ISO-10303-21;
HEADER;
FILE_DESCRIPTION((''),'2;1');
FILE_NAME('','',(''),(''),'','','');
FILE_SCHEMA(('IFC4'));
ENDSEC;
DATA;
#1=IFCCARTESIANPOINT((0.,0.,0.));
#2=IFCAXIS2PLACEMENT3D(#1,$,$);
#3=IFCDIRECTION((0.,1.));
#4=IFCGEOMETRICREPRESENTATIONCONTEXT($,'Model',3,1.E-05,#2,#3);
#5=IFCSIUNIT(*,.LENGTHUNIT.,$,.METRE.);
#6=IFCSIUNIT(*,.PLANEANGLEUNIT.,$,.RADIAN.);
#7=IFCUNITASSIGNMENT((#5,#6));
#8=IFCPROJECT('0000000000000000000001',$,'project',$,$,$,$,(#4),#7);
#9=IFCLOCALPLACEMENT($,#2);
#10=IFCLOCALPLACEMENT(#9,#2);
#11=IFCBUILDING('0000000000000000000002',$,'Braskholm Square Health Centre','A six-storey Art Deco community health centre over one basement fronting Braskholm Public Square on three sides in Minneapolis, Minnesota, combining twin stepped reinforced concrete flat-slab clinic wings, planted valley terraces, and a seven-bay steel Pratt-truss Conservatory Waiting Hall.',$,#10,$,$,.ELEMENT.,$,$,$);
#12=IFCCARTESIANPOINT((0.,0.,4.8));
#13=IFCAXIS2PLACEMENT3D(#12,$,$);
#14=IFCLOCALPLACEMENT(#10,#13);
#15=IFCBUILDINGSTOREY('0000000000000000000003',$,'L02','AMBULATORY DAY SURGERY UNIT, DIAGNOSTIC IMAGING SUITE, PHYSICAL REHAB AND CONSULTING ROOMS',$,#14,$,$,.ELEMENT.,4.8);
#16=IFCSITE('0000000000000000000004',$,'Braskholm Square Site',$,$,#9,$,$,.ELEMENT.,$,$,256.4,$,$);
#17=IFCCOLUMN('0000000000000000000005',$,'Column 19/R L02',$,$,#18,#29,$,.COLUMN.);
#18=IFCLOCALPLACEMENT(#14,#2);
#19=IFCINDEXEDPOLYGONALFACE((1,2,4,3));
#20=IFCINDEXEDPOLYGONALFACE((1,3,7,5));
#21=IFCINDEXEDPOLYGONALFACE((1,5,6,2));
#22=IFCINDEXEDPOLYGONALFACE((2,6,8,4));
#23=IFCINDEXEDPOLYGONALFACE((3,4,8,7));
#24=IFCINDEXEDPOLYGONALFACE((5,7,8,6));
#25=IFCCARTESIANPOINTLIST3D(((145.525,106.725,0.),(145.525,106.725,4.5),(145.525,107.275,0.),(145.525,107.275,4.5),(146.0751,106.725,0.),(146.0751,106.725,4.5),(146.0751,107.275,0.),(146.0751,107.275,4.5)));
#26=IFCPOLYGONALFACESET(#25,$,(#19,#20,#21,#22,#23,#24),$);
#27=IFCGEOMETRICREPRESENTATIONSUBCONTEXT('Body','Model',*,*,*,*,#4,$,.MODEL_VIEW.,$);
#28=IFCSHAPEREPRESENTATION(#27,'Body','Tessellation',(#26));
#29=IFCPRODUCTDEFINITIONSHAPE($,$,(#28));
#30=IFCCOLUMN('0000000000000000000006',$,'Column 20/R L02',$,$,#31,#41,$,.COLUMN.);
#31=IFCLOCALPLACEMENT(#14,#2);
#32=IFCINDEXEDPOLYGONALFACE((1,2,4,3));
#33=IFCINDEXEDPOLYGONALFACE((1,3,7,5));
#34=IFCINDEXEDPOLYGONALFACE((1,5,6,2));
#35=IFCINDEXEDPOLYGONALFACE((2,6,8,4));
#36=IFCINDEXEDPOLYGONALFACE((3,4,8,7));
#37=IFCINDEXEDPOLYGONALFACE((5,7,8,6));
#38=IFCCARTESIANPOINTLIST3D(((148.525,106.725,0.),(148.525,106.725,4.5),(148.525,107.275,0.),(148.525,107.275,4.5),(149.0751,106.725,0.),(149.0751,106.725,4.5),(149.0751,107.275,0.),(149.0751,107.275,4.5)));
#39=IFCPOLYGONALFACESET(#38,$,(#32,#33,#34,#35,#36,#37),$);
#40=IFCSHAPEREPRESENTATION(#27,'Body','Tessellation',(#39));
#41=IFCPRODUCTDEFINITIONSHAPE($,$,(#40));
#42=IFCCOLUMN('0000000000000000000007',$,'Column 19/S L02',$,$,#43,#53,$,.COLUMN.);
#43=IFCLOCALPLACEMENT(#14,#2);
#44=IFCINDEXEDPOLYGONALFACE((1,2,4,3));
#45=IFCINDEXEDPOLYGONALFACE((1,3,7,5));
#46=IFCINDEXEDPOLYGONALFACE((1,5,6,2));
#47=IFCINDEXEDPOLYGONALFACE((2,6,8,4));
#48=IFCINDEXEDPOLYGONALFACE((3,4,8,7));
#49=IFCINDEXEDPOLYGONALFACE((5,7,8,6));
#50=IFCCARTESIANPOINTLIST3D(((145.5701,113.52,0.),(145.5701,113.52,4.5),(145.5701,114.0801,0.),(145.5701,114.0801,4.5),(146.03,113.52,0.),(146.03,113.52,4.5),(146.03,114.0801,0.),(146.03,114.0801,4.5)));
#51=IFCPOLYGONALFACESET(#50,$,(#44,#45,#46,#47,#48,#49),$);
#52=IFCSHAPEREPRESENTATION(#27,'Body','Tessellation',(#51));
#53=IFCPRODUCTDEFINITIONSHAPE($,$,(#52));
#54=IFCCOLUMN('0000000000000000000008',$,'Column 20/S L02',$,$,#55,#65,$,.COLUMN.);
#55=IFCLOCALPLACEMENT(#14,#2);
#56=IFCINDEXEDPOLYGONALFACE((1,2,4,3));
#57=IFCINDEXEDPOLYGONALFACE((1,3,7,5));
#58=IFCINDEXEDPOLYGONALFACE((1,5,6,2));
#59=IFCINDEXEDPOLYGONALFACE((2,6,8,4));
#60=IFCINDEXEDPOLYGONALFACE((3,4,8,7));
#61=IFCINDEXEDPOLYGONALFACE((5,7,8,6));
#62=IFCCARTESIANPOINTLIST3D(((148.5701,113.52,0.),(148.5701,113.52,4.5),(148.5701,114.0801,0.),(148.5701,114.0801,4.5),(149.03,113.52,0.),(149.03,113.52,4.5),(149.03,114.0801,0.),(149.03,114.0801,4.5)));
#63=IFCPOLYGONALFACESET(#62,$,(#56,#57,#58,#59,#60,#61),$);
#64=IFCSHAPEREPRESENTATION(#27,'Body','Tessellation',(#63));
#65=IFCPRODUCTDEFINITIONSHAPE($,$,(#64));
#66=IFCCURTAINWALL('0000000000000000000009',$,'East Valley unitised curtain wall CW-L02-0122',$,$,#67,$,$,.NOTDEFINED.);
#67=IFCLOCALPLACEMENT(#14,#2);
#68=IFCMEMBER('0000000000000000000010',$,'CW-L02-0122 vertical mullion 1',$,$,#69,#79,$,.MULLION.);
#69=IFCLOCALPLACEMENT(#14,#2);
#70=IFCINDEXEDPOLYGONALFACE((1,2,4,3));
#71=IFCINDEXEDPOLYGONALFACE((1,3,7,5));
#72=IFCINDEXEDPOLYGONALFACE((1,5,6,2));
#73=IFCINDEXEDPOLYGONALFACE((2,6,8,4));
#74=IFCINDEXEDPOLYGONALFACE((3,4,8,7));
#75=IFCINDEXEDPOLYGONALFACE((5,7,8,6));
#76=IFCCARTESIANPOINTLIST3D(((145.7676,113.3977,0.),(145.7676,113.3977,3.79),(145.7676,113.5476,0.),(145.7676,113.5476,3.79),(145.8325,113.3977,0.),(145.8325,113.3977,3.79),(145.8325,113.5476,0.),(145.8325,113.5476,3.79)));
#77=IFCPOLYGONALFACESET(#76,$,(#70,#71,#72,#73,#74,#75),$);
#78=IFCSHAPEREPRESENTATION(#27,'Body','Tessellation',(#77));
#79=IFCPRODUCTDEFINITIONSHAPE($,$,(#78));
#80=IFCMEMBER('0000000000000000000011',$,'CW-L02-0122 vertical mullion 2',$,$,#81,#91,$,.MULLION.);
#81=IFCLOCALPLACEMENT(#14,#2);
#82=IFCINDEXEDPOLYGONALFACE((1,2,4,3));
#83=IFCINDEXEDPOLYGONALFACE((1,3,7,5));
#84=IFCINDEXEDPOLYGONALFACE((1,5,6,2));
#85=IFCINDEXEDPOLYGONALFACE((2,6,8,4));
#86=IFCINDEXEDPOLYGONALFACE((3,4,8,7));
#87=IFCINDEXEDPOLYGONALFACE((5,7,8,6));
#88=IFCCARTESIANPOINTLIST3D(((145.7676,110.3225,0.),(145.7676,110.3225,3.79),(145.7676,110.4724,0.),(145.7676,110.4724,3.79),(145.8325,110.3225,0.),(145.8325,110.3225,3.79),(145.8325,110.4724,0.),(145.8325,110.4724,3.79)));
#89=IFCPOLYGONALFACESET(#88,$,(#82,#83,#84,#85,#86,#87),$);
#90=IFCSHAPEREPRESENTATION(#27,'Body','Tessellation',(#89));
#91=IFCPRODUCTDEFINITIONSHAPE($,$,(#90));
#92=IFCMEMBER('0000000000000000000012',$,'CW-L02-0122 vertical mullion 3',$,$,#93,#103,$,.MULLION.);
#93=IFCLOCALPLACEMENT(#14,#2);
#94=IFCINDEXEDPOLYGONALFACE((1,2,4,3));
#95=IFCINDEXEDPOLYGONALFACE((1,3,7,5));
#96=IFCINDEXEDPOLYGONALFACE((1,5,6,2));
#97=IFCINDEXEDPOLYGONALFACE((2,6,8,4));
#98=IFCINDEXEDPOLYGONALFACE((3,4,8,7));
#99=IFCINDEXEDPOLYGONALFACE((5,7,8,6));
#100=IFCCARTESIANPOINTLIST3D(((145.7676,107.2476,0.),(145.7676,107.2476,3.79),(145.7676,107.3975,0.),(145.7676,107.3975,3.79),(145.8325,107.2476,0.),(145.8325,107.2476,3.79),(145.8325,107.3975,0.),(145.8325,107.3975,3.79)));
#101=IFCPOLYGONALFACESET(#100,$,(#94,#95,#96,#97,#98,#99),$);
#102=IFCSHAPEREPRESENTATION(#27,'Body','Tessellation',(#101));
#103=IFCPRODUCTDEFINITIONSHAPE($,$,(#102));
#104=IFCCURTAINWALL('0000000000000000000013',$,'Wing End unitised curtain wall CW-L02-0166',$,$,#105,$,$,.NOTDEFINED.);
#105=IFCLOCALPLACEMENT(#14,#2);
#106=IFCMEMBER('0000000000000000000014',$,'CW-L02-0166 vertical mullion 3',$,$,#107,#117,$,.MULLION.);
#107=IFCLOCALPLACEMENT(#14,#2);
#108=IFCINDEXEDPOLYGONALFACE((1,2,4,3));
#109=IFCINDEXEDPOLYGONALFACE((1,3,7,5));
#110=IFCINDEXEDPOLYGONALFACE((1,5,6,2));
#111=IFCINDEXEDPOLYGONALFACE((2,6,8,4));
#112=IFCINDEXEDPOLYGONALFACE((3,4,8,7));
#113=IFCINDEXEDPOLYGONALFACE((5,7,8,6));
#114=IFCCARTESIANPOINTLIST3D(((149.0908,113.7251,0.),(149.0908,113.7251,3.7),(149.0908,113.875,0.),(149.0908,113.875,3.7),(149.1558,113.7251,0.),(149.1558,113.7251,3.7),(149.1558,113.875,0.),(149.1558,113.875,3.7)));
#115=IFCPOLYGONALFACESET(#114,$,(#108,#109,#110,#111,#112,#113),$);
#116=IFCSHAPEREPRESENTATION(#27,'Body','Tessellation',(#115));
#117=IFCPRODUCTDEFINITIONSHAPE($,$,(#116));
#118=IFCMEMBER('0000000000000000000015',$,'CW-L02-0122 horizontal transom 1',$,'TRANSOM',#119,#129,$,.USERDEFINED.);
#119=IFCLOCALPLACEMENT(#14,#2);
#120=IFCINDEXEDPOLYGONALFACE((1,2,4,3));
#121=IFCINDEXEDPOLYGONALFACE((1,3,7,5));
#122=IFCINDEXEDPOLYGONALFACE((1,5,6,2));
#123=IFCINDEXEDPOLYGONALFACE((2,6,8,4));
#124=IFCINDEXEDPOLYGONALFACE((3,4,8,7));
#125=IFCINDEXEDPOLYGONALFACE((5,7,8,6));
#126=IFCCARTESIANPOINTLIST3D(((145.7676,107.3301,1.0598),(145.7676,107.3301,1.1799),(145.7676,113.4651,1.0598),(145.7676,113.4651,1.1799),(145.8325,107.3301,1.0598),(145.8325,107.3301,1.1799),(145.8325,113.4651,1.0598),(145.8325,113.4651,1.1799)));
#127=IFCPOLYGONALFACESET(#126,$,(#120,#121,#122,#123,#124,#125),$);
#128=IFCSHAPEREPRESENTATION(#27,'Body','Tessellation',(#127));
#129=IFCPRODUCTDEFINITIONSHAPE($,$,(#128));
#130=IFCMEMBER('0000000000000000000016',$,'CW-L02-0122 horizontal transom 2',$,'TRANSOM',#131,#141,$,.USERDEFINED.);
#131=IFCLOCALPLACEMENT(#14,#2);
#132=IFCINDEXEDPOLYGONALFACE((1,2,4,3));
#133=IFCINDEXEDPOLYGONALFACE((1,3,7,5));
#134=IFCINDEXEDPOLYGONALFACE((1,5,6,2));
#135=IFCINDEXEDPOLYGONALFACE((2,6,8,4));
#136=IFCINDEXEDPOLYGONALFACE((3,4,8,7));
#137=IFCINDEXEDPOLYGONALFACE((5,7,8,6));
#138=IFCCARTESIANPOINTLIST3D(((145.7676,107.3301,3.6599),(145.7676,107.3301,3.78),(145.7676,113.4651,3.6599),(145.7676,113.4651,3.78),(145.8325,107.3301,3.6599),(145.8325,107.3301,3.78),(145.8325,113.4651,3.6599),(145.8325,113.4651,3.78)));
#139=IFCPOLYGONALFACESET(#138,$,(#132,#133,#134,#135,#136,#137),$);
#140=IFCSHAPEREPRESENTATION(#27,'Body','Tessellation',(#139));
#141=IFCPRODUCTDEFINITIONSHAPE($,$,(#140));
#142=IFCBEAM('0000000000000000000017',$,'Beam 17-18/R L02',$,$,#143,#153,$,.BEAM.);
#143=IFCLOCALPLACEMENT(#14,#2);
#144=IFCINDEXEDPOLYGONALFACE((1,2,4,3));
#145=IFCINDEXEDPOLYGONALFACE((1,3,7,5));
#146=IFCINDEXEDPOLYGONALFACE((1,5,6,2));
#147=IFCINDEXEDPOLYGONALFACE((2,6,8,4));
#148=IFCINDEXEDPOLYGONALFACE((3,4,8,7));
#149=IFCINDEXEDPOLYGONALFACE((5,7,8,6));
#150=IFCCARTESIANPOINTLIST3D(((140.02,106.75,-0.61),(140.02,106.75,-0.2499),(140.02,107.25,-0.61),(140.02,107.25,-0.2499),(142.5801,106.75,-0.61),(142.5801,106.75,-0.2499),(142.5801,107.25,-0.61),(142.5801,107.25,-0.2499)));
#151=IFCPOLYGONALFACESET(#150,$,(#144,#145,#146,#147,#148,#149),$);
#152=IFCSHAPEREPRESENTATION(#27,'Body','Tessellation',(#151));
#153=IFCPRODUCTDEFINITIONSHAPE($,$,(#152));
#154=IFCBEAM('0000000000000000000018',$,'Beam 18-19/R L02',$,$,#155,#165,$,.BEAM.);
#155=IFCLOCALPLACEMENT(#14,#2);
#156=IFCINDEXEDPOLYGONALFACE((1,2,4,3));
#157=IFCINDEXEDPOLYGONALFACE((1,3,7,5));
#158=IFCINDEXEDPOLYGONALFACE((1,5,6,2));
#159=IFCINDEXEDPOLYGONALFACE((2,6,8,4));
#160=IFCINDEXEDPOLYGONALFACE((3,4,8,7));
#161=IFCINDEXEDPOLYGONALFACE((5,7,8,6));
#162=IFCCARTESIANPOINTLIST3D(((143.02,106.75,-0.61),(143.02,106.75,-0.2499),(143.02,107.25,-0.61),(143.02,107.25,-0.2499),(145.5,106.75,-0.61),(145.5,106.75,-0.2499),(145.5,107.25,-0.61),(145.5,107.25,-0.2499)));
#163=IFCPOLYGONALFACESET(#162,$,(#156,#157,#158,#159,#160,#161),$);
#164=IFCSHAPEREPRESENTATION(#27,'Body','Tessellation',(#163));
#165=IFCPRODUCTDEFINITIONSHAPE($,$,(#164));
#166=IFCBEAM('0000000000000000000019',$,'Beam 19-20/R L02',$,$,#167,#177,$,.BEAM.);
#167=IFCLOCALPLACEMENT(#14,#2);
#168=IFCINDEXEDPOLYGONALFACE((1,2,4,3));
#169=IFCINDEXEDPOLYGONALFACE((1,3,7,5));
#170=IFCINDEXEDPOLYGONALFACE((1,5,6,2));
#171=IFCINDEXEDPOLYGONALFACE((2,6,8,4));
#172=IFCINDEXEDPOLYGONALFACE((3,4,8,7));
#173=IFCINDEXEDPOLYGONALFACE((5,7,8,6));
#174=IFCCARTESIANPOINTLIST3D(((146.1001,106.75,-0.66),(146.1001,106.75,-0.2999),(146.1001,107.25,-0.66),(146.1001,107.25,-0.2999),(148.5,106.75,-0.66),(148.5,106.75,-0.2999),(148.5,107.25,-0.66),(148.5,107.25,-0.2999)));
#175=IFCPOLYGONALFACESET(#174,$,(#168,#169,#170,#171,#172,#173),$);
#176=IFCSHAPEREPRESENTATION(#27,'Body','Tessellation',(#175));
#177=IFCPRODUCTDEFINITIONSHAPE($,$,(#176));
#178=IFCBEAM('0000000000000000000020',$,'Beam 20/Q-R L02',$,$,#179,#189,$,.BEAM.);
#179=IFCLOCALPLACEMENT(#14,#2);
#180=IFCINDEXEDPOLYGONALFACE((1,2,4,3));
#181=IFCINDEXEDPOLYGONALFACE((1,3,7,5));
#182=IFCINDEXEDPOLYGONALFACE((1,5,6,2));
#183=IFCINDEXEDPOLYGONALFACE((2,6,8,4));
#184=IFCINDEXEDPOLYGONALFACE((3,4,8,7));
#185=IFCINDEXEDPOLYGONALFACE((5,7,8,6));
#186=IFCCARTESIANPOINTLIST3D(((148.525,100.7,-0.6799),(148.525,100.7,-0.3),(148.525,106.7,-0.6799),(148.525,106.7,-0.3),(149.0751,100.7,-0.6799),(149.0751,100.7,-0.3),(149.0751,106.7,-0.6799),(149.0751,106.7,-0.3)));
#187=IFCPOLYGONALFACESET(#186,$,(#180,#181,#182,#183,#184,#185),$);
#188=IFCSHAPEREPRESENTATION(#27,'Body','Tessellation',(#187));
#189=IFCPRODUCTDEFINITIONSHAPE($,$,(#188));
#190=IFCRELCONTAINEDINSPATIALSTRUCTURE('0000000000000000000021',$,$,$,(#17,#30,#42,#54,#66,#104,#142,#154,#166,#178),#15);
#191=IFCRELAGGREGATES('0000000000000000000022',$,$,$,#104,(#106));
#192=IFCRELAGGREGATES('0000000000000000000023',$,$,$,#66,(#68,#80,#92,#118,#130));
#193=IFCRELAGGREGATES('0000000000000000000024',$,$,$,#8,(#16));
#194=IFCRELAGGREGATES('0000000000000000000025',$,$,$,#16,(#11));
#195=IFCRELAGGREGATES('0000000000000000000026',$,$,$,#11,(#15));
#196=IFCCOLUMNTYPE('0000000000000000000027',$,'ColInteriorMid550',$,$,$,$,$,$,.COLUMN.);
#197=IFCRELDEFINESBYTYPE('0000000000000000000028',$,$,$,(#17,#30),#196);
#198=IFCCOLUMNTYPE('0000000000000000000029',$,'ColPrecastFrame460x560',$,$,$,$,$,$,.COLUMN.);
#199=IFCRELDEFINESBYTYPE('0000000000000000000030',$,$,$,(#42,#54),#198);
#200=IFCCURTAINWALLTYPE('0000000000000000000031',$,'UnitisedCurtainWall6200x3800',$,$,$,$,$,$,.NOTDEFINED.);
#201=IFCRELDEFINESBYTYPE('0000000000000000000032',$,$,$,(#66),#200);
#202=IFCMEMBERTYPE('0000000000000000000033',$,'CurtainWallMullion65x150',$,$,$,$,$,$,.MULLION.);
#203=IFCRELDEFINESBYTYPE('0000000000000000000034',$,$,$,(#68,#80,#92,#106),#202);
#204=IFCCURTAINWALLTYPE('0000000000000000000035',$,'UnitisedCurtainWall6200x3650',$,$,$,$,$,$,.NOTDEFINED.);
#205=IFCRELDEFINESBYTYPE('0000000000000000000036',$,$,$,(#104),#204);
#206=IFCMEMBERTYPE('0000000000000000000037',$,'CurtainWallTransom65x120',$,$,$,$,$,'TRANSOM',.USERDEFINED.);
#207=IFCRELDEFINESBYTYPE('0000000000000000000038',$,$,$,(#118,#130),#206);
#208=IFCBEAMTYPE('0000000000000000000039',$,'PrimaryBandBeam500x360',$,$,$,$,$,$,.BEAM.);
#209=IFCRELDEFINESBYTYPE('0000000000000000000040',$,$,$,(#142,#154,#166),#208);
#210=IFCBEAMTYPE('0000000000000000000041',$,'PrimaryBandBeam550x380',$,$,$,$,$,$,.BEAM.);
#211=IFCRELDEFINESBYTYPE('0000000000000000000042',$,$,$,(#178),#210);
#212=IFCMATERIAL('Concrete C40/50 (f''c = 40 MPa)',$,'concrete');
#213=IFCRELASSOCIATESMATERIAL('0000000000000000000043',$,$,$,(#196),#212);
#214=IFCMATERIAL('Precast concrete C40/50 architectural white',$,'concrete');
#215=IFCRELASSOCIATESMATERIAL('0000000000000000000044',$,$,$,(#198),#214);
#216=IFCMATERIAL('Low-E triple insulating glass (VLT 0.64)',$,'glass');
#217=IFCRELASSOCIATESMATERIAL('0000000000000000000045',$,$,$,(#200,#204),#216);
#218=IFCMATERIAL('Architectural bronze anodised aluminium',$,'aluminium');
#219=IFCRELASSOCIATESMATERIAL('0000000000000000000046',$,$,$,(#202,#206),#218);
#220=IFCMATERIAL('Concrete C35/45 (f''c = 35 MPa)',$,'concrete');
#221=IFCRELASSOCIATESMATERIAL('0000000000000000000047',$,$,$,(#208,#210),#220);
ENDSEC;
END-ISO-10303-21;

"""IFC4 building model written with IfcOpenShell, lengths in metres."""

from ifc_helpers import new_model, si_unit, direction, frame, origin, origin_2d, place, context, subcontext, project, spatial, rectangle, extrude, material, material_profile, profile_set, type_object, element, aggregate, save


model = new_model("IFC4")

# Units and contexts
model_context = context("Model", 3, precision=1e-05, world=origin(), true_north=direction((0.0, 1.0)))
body_context = subcontext(model_context, "Body", "Model", "MODEL_VIEW")
ifc_project = project(units=[si_unit("LENGTHUNIT", "METRE"), si_unit("PLANEANGLEUNIT", "RADIAN")], contexts=[model_context])

# Site, building, storey
site_placement = place(None, origin())
site = spatial("IfcSite", under=ifc_project, at=site_placement, Name="Braskholm Square Site", CompositionType="ELEMENT", RefElevation=256.4)
building_placement = place(site_placement, origin())
building = spatial("IfcBuilding", under=site, at=building_placement, Name="Braskholm Square Health Centre", Description="A six-storey Art Deco community health centre over one basement fronting Braskholm Public Square on three sides in Minneapolis, Minnesota, combining twin stepped reinforced concrete flat-slab clinic wings, planted valley terraces, and a seven-bay steel Pratt-truss Conservatory Waiting Hall.", CompositionType="ELEMENT")
storey_placement = place(building_placement, frame((0.0, 0.0, 4.8)))
storey = spatial("IfcBuildingStorey", under=building, at=storey_placement, Name="L02", Description="AMBULATORY DAY SURGERY UNIT, DIAGNOSTIC IMAGING SUITE, PHYSICAL REHAB AND CONSULTING ROOMS", CompositionType="ELEMENT", Elevation=4.8)

# Columns
ifc_material_1 = material(Name="Concrete C40/50 (f'c = 40 MPa)", Category="concrete")
ifc_material_profile_1 = material_profile(ifc_material_1, rectangle(XDim=0.55, YDim=0.55, at=origin_2d()), Name="RC-550X550")
ifc_profile_set_1 = profile_set([ifc_material_profile_1], Name="Concrete C40/50 (f'c = 40 MPa)")
column_type_1 = type_object("IfcColumnType", Name="ColInteriorMid550", PredefinedType="COLUMN", material=ifc_profile_set_1)
for number, where, z_axis, x_axis, name in (
    (1, (145.8, 107.0, 0.0), (0.0, 0.0, 1.0), (1.0, 0.0, 0.0), "Column 19/R L02"),
    (2, (148.8, 107.0, 0.0), (0.0, 0.0, 1.0), (1.0, 0.0, 0.0), "Column 20/R L02"),
):
    element("IfcColumn", number, at=place(storey_placement, frame(where, z_axis=z_axis, x_axis=x_axis)), inside=storey, type_object=column_type_1, Name=name, PredefinedType="COLUMN", context=body_context, shape_type="SweptSolid", body=[
        extrude(rectangle(XDim=0.55, YDim=0.55, at=origin_2d()), origin(), (0.0, 0.0, 1.0), 4.5),
    ])
ifc_material_2 = material(Name="Precast concrete C40/50 architectural white", Category="concrete")
ifc_material_profile_2 = material_profile(ifc_material_2, rectangle(XDim=0.46, YDim=0.5601, at=origin_2d()), Name="RC-460X560")
ifc_profile_set_2 = profile_set([ifc_material_profile_2], Name="Precast concrete C40/50 architectural white")
column_type_2 = type_object("IfcColumnType", Name="ColPrecastFrame460x560", PredefinedType="COLUMN", material=ifc_profile_set_2)
for number, where, z_axis, x_axis, name in (
    (3, (145.8, 113.8, 0.0), (0.0, 0.0, 1.0), (1.0, 0.0, 0.0), "Column 19/S L02"),
    (4, (148.8, 113.8, 0.0), (0.0, 0.0, 1.0), (1.0, 0.0, 0.0), "Column 20/S L02"),
):
    element("IfcColumn", number, at=place(storey_placement, frame(where, z_axis=z_axis, x_axis=x_axis)), inside=storey, type_object=column_type_2, Name=name, PredefinedType="COLUMN", context=body_context, shape_type="SweptSolid", body=[
        extrude(rectangle(XDim=0.46, YDim=0.5601, at=origin_2d()), origin(), (0.0, 0.0, 1.0), 4.5),
    ])

# Curtain wall, members
ifc_material_3 = material(Name="Low-E triple insulating glass (VLT 0.64)", Category="glass")
curtain_wall_type_1 = type_object("IfcCurtainWallType", Name="UnitisedCurtainWall6200x3800", PredefinedType="NOTDEFINED", material=ifc_material_3)
curtain_wall_1_placement = place(storey_placement, origin())
curtain_wall_1 = element("IfcCurtainWall", 5, at=curtain_wall_1_placement, inside=storey, type_object=curtain_wall_type_1, Name="East Valley unitised curtain wall CW-L02-0122", PredefinedType="NOTDEFINED")
ifc_material_4 = material(Name="Architectural bronze anodised aluminium", Category="aluminium")
ifc_material_profile_3 = material_profile(ifc_material_4, rectangle(XDim=0.0649, YDim=0.1499, at=origin_2d()), Name="ALU-65X150")
ifc_profile_set_3 = profile_set([ifc_material_profile_3], Name="Architectural bronze anodised aluminium")
member_type_1 = type_object("IfcMemberType", Name="CurtainWallMullion65x150", PredefinedType="MULLION", material=ifc_profile_set_3)
member_1_placement = place(storey_placement, frame((145.8, 113.4727, 0.0), z_axis=(0.0, 0.0, 1.0), x_axis=(1.0, 0.0, 0.0)))
member_1 = element("IfcMember", 6, at=member_1_placement, type_object=member_type_1, Name="CW-L02-0122 vertical mullion 1", PredefinedType="MULLION", context=body_context, shape_type="SweptSolid", body=[
    extrude(rectangle(XDim=0.0649, YDim=0.1499, at=origin_2d()), origin(), (0.0, 0.0, 1.0), 3.79),
])
member_2_placement = place(storey_placement, frame((145.8, 110.3975, 0.0), z_axis=(0.0, 0.0, 1.0), x_axis=(1.0, 0.0, 0.0)))
member_2 = element("IfcMember", 7, at=member_2_placement, type_object=member_type_1, Name="CW-L02-0122 vertical mullion 2", PredefinedType="MULLION", context=body_context, shape_type="SweptSolid", body=[
    extrude(rectangle(XDim=0.0649, YDim=0.1499, at=origin_2d()), origin(), (0.0, 0.0, 1.0), 3.79),
])
member_3_placement = place(storey_placement, frame((145.8, 107.3225, 0.0), z_axis=(0.0, 0.0, 1.0), x_axis=(1.0, 0.0, 0.0)))
member_3 = element("IfcMember", 8, at=member_3_placement, type_object=member_type_1, Name="CW-L02-0122 vertical mullion 3", PredefinedType="MULLION", context=body_context, shape_type="SweptSolid", body=[
    extrude(rectangle(XDim=0.0649, YDim=0.1499, at=origin_2d()), origin(), (0.0, 0.0, 1.0), 3.79),
])

# Curtain wall, member
curtain_wall_type_2 = type_object("IfcCurtainWallType", Name="UnitisedCurtainWall6200x3650", PredefinedType="NOTDEFINED", material=ifc_material_3)
curtain_wall_2_placement = place(storey_placement, origin())
curtain_wall_2 = element("IfcCurtainWall", 9, at=curtain_wall_2_placement, inside=storey, type_object=curtain_wall_type_2, Name="Wing End unitised curtain wall CW-L02-0166", PredefinedType="NOTDEFINED")
member_4_placement = place(storey_placement, frame((149.1233, 113.8, 0.0), z_axis=(0.0, 0.0, 1.0), x_axis=(1.0, 0.0, 0.0)))
member_4 = element("IfcMember", 10, at=member_4_placement, type_object=member_type_1, Name="CW-L02-0166 vertical mullion 3", PredefinedType="MULLION", context=body_context, shape_type="SweptSolid", body=[
    extrude(rectangle(XDim=0.0649, YDim=0.1499, at=origin_2d()), origin(), (0.0, 0.0, 1.0), 3.7),
])
aggregate(curtain_wall_2, [member_4])

# Members
ifc_material_profile_4 = material_profile(ifc_material_4, rectangle(XDim=0.0649, YDim=0.1201, at=origin_2d()), Name="ALU-65X120")
ifc_profile_set_4 = profile_set([ifc_material_profile_4], Name="Architectural bronze anodised aluminium")
member_type_2 = type_object("IfcMemberType", Name="CurtainWallTransom65x120", ElementType="TRANSOM", PredefinedType="USERDEFINED", material=ifc_profile_set_4)
member_5_placement = place(storey_placement, frame((145.8, 113.4651, 1.1199), z_axis=(0.0, -1.0, 0.0), x_axis=(1.0, 0.0, 0.0)))
member_5 = element("IfcMember", 11, at=member_5_placement, type_object=member_type_2, Name="CW-L02-0122 horizontal transom 1", ObjectType="TRANSOM", PredefinedType="USERDEFINED", context=body_context, shape_type="SweptSolid", body=[
    extrude(rectangle(XDim=0.0649, YDim=0.1201, at=origin_2d()), origin(), (0.0, 0.0, 1.0), 6.135),
])
member_6_placement = place(storey_placement, frame((145.8, 113.4651, 3.72), z_axis=(0.0, -1.0, 0.0), x_axis=(1.0, 0.0, 0.0)))
member_6 = element("IfcMember", 12, at=member_6_placement, type_object=member_type_2, Name="CW-L02-0122 horizontal transom 2", ObjectType="TRANSOM", PredefinedType="USERDEFINED", context=body_context, shape_type="SweptSolid", body=[
    extrude(rectangle(XDim=0.0649, YDim=0.1201, at=origin_2d()), origin(), (0.0, 0.0, 1.0), 6.135),
])

# Beams
ifc_material_5 = material(Name="Concrete C35/45 (f'c = 35 MPa)", Category="concrete")
ifc_material_profile_5 = material_profile(ifc_material_5, rectangle(XDim=0.5, YDim=0.3601, at=origin_2d()), Name="RCB-500X360")
ifc_profile_set_5 = profile_set([ifc_material_profile_5], Name="Concrete C35/45 (f'c = 35 MPa)")
beam_type_1 = type_object("IfcBeamType", Name="PrimaryBandBeam500x360", PredefinedType="BEAM", material=ifc_profile_set_5)
beam_1_placement = place(storey_placement, frame((140.02, 107.0, -0.4299), z_axis=(1.0, 0.0, 0.0), x_axis=(0.0, 1.0, 0.0)))
element("IfcBeam", 13, at=beam_1_placement, inside=storey, type_object=beam_type_1, Name="Beam 17-18/R L02", PredefinedType="BEAM", context=body_context, shape_type="SweptSolid", body=[
    extrude(rectangle(XDim=0.5, YDim=0.3601, at=origin_2d()), origin(), (0.0, 0.0, 1.0), 2.5601),
])
beam_2_placement = place(storey_placement, frame((143.02, 107.0, -0.4299), z_axis=(1.0, 0.0, 0.0), x_axis=(0.0, 1.0, 0.0)))
element("IfcBeam", 14, at=beam_2_placement, inside=storey, type_object=beam_type_1, Name="Beam 18-19/R L02", PredefinedType="BEAM", context=body_context, shape_type="SweptSolid", body=[
    extrude(rectangle(XDim=0.5, YDim=0.3601, at=origin_2d()), origin(), (0.0, 0.0, 1.0), 2.48),
])
beam_3_placement = place(storey_placement, frame((146.1001, 107.0, -0.48), z_axis=(1.0, 0.0, 0.0), x_axis=(0.0, 1.0, 0.0)))
element("IfcBeam", 15, at=beam_3_placement, inside=storey, type_object=beam_type_1, Name="Beam 19-20/R L02", PredefinedType="BEAM", context=body_context, shape_type="SweptSolid", body=[
    extrude(rectangle(XDim=0.5, YDim=0.3601, at=origin_2d()), origin(), (0.0, 0.0, 1.0), 2.3999),
])
ifc_material_profile_6 = material_profile(ifc_material_5, rectangle(XDim=0.55, YDim=0.3799, at=origin_2d()), Name="RCB-550X380")
ifc_profile_set_6 = profile_set([ifc_material_profile_6], Name="Concrete C35/45 (f'c = 35 MPa)")
beam_type_2 = type_object("IfcBeamType", Name="PrimaryBandBeam550x380", PredefinedType="BEAM", material=ifc_profile_set_6)
beam_4_placement = place(storey_placement, frame((148.8, 100.7, -0.49), z_axis=(0.0, 1.0, 0.0), x_axis=(-1.0, 0.0, 0.0)))
element("IfcBeam", 16, at=beam_4_placement, inside=storey, type_object=beam_type_2, Name="Beam 20/Q-R L02", PredefinedType="BEAM", context=body_context, shape_type="SweptSolid", body=[
    extrude(rectangle(XDim=0.55, YDim=0.3799, at=origin_2d()), origin(), (0.0, 0.0, 1.0), 6.0),
])

aggregate(curtain_wall_1, [member_1, member_2, member_3, member_5, member_6])

save(model, "model.ifc")
